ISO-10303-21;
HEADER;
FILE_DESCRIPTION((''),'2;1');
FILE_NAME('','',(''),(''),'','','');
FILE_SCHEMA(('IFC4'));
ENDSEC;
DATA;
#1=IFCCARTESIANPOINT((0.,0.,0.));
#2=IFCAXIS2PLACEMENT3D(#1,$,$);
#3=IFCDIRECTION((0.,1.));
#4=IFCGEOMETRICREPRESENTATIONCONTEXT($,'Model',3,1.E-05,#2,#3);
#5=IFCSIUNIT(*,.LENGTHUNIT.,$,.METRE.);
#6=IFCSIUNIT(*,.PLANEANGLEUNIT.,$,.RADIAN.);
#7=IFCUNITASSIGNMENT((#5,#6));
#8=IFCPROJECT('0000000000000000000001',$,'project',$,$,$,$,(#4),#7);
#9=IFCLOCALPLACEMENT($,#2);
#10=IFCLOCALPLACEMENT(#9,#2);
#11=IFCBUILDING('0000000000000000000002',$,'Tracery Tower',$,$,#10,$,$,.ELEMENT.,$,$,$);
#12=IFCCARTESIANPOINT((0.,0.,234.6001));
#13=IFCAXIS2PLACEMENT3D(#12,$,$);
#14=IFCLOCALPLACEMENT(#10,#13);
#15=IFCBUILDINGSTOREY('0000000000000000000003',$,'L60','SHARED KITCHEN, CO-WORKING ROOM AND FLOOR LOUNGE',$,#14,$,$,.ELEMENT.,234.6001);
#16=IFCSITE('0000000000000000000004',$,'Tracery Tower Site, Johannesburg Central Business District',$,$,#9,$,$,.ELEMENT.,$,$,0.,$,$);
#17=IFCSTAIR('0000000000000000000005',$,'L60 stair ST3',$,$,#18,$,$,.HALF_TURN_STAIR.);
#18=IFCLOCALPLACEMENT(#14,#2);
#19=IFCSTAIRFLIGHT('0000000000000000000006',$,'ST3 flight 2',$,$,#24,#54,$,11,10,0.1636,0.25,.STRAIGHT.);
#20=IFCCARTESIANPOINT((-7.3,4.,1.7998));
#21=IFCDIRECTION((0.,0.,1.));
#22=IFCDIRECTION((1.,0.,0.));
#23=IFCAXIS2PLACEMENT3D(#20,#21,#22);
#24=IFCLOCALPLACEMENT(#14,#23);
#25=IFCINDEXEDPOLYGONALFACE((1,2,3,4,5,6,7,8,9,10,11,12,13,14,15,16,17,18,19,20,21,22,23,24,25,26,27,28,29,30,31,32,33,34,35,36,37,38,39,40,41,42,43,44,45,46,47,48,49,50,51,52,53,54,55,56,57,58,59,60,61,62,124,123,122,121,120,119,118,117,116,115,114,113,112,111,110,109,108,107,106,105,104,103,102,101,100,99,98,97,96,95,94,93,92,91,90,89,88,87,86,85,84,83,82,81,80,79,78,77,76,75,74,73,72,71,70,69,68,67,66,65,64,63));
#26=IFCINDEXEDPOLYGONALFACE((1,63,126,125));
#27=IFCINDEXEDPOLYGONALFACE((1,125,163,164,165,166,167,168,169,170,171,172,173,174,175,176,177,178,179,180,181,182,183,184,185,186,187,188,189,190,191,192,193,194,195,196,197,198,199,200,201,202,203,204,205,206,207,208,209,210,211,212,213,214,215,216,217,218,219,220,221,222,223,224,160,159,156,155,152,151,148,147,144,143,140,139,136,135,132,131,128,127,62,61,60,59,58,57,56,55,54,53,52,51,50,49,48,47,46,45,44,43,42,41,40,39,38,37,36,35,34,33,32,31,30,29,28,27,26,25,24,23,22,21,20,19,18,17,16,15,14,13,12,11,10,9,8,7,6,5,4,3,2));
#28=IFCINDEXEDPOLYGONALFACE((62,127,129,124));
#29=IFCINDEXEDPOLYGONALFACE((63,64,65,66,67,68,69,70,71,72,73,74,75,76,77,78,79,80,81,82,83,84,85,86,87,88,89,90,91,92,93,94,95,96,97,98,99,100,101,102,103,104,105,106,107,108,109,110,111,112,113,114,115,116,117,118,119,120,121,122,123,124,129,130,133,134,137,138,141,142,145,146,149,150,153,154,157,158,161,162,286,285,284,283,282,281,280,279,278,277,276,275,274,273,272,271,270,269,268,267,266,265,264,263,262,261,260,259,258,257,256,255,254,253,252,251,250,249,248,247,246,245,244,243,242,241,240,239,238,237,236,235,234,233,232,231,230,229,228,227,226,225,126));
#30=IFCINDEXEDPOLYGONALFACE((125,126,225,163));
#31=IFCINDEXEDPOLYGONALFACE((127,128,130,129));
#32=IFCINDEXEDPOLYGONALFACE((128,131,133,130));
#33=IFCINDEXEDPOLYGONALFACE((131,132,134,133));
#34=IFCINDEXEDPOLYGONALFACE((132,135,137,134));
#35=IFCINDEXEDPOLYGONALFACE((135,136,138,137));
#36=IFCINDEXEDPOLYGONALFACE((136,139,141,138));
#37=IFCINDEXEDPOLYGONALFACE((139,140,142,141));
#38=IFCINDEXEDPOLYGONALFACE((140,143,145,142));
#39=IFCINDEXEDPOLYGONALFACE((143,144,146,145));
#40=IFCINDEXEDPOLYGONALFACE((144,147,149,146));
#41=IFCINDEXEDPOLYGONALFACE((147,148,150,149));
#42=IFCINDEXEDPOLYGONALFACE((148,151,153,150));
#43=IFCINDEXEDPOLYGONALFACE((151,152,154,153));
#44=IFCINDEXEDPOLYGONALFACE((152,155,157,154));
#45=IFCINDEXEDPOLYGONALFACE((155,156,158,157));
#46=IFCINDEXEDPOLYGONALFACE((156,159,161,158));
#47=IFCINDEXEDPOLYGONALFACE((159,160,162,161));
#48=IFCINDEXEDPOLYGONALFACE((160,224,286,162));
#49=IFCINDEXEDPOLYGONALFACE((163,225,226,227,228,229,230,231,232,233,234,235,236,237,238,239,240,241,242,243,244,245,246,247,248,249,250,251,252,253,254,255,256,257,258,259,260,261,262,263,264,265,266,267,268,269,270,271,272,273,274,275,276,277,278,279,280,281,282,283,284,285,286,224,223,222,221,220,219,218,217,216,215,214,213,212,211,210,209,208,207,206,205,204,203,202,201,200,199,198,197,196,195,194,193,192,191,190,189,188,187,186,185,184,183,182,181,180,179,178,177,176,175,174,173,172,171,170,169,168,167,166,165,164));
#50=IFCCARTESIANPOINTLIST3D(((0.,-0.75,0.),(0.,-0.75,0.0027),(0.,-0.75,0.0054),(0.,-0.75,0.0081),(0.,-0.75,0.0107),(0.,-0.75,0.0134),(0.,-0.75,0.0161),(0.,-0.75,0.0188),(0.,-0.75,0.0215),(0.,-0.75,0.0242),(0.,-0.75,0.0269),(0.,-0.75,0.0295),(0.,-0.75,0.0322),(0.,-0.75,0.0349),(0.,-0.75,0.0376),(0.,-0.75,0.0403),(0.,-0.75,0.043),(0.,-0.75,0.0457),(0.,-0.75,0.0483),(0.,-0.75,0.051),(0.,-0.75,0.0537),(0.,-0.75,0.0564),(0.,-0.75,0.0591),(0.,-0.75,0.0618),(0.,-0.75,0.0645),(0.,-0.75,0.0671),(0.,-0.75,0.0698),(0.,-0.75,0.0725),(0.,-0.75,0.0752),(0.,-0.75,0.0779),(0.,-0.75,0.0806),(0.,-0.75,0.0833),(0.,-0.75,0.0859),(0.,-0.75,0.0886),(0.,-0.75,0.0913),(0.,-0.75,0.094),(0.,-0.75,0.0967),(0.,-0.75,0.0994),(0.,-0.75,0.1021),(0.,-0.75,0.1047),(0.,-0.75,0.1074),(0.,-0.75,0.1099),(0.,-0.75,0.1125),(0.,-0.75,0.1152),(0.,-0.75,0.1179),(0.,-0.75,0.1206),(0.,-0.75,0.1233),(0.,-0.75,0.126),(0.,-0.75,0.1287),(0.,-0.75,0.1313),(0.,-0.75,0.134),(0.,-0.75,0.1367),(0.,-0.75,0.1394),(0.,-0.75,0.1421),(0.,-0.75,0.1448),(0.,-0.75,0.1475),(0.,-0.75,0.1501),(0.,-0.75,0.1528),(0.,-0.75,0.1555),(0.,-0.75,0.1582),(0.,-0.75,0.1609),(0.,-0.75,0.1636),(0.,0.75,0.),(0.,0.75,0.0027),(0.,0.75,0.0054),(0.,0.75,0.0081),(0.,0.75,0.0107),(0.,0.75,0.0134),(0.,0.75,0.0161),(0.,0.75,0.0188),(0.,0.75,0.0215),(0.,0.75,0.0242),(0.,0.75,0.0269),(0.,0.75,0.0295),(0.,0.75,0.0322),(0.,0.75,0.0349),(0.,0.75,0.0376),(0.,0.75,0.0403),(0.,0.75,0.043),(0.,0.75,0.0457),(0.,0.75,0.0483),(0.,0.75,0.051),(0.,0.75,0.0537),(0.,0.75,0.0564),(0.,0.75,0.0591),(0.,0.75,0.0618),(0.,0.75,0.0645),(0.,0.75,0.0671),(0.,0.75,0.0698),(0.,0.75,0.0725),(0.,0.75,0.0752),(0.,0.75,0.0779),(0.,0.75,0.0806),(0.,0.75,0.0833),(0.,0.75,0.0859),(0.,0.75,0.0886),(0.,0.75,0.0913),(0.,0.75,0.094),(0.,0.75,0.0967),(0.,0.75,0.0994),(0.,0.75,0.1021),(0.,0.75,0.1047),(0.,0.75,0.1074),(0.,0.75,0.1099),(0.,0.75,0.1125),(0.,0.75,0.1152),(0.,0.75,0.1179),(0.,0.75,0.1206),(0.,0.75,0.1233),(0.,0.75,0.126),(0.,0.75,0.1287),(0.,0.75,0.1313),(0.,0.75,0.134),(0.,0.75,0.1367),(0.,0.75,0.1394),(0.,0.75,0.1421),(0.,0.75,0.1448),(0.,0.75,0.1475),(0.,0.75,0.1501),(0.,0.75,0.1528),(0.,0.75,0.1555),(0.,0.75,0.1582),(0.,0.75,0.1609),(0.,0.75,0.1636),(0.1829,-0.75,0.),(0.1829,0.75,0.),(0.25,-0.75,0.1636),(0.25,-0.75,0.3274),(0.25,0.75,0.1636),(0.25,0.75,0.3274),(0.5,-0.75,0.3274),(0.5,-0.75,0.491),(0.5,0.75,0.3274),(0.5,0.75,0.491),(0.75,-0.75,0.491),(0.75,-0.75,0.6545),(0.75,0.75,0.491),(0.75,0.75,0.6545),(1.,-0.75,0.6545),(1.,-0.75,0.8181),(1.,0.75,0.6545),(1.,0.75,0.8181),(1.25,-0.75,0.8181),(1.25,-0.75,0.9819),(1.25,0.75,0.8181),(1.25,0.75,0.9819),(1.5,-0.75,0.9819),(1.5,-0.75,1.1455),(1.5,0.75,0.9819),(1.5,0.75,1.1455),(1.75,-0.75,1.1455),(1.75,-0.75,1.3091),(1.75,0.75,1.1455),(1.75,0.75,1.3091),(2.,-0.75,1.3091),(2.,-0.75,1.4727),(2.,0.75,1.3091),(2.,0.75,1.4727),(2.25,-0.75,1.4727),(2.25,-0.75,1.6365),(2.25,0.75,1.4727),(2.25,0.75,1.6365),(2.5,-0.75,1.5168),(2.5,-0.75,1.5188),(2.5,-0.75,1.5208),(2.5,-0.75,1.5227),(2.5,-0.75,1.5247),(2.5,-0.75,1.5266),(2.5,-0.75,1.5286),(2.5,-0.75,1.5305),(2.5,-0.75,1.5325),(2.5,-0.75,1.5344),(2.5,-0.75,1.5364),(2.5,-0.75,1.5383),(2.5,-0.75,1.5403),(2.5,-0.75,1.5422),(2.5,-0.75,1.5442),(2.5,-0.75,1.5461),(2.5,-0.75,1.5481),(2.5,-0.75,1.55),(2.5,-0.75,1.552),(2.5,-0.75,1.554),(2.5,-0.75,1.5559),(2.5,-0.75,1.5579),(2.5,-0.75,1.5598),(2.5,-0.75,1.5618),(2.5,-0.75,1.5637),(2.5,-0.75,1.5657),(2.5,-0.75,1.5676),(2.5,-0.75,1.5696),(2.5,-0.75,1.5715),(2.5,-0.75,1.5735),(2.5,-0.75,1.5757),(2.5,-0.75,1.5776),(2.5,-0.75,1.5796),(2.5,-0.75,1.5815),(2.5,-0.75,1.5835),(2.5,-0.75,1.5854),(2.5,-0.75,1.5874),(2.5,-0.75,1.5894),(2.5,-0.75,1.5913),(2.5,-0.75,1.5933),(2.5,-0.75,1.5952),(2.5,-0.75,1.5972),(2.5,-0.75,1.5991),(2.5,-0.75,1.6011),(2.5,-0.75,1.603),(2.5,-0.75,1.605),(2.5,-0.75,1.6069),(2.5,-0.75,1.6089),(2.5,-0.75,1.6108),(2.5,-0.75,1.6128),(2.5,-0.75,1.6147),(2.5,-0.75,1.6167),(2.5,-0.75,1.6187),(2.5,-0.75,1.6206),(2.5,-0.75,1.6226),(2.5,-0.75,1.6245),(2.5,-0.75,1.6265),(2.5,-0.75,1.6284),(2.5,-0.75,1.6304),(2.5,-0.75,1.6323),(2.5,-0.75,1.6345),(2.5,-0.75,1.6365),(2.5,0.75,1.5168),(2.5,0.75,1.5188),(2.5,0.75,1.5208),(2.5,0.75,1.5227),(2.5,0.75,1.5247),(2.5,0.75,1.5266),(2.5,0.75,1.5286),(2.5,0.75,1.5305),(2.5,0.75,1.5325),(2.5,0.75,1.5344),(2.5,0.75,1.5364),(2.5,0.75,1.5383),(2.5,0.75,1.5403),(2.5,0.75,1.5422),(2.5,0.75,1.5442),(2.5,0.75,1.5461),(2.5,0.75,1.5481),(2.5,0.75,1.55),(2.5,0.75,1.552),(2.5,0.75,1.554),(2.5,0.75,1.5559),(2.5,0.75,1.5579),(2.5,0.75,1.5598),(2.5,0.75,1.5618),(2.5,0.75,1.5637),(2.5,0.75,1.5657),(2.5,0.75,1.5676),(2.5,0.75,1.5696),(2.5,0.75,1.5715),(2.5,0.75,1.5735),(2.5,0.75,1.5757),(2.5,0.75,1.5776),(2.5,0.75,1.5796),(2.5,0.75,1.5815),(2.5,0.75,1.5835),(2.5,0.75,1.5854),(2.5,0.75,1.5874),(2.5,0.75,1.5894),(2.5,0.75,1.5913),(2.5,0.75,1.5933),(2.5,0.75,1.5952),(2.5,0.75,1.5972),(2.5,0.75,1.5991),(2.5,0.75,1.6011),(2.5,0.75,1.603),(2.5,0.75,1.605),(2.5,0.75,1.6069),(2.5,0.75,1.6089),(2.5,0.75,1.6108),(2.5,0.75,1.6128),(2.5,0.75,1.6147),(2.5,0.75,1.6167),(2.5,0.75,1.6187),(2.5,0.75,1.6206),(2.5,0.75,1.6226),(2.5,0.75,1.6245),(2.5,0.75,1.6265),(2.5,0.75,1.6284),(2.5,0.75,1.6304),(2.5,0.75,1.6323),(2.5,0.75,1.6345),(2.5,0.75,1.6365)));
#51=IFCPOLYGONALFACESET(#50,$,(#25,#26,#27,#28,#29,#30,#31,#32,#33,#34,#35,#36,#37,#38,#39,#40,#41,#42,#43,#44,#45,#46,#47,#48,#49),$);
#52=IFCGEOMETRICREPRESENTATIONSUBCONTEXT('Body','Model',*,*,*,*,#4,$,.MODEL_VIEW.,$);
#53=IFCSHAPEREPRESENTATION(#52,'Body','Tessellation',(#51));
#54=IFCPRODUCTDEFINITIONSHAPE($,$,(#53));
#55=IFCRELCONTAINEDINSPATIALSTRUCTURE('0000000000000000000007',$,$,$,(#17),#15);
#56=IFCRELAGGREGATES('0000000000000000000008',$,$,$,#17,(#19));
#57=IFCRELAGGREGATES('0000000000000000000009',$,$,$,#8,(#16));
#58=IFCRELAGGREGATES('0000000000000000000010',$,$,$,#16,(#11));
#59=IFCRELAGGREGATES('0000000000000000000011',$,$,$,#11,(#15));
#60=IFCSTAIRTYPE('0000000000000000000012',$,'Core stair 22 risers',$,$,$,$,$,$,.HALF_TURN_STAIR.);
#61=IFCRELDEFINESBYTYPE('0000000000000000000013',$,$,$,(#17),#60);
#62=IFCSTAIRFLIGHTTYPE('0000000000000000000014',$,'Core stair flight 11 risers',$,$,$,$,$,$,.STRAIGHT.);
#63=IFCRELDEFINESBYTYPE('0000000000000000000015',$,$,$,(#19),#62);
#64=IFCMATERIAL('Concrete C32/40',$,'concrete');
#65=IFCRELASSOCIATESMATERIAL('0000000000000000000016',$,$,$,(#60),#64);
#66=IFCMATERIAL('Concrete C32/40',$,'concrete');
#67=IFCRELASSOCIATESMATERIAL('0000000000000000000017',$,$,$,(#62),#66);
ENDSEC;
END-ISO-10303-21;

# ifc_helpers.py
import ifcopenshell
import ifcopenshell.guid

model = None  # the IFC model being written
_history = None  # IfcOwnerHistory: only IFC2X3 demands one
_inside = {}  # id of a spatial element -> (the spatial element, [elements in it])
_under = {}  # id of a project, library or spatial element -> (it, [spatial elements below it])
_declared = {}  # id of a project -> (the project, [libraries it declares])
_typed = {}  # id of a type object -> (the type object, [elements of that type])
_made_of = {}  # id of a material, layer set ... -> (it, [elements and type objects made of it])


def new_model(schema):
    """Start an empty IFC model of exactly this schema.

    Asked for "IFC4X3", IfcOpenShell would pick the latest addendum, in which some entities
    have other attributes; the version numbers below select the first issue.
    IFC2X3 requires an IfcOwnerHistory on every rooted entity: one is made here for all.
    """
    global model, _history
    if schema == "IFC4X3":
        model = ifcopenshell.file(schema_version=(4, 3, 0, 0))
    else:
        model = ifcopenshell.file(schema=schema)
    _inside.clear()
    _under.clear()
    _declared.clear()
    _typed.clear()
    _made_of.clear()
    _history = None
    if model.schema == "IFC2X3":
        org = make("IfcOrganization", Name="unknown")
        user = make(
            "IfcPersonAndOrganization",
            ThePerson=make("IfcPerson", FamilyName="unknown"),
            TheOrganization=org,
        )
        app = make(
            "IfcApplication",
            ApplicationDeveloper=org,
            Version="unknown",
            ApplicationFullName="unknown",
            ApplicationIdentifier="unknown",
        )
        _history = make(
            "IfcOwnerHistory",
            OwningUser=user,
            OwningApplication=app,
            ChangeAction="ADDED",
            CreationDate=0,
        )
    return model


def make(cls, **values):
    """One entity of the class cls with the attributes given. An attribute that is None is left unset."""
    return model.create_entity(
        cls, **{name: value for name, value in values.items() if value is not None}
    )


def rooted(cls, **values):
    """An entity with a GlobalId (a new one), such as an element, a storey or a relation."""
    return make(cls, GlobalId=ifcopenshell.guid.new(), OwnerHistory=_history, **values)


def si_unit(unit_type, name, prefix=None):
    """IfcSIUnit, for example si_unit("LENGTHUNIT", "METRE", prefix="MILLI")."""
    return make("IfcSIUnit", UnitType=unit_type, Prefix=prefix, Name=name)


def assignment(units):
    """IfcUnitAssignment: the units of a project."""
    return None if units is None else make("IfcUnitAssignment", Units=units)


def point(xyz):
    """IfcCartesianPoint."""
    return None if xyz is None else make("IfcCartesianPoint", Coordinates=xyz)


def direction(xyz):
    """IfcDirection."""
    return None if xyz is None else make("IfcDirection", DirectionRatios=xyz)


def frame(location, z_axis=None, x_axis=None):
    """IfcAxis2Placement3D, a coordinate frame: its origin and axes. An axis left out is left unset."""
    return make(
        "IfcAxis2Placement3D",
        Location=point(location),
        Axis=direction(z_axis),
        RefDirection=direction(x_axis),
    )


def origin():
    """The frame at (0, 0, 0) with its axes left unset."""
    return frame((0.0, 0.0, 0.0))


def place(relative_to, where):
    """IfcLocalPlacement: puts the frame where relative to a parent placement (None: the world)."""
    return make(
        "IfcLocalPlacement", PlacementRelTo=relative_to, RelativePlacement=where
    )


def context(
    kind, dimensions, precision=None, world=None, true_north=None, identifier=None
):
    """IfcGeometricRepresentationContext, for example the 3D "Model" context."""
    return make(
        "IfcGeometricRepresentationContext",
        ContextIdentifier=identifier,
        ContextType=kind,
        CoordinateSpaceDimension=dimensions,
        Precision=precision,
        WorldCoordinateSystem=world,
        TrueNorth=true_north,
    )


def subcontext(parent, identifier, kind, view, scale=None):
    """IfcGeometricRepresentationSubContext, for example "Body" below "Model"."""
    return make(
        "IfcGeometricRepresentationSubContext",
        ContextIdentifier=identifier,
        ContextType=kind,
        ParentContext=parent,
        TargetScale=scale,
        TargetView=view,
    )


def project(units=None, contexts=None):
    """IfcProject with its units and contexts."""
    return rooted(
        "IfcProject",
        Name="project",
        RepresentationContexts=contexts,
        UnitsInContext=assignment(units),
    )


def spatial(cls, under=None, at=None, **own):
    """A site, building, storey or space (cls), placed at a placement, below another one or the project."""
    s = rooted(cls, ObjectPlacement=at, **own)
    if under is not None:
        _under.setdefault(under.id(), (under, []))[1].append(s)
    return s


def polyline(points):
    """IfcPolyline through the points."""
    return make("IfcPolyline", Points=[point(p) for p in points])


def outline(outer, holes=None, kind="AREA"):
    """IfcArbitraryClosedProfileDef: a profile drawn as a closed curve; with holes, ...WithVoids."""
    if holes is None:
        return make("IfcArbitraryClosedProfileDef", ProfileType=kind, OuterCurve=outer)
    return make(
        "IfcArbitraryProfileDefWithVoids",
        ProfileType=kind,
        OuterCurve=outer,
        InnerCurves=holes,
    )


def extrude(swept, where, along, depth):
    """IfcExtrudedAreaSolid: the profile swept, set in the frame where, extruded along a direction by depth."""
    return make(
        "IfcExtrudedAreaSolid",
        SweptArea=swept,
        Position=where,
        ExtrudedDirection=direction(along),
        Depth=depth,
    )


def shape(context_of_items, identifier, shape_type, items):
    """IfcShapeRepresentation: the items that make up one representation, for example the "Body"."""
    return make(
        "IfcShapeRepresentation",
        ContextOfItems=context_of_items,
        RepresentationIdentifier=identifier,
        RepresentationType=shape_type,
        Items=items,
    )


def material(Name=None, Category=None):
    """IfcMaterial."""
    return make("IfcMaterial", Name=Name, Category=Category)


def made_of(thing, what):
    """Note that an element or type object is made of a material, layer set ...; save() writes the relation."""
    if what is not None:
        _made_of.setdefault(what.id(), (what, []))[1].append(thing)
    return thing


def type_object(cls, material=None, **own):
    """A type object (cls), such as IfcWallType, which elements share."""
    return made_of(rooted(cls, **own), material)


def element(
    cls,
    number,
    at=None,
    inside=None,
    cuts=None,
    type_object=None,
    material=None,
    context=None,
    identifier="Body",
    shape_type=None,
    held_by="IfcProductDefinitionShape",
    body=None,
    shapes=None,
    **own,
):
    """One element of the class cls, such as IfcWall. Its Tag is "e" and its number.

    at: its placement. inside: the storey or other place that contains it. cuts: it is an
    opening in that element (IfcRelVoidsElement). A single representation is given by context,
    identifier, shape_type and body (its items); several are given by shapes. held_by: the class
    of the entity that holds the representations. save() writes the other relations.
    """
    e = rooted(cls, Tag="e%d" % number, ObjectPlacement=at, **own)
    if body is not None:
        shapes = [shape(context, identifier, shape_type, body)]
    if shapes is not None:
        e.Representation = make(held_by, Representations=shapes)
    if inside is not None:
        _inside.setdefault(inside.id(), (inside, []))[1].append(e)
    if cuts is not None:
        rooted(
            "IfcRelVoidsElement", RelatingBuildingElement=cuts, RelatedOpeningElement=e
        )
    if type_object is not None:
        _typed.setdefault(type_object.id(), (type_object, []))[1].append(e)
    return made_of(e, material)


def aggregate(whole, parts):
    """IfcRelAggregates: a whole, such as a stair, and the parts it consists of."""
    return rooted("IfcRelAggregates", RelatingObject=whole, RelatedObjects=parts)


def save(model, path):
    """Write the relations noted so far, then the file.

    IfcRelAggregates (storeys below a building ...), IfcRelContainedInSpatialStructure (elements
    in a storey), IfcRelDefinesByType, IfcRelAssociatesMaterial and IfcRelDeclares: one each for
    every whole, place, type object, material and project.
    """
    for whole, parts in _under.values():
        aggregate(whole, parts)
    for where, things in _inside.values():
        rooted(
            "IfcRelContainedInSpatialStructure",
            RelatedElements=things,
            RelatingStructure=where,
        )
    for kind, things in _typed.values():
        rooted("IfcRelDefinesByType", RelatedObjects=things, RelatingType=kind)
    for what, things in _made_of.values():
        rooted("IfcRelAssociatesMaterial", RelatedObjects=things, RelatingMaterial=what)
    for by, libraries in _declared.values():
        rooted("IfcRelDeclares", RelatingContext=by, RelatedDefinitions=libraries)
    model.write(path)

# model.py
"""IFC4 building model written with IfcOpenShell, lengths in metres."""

from ifc_helpers import new_model, si_unit, direction, frame, origin, place, context, subcontext, project, spatial, polyline, outline, extrude, material, type_object, element, aggregate, save


model = new_model("IFC4")

# Units and contexts
model_context = context("Model", 3, precision=1e-05, world=origin(), true_north=direction((0.0, 1.0)))
body_context = subcontext(model_context, "Body", "Model", "MODEL_VIEW")
ifc_project = project(units=[si_unit("LENGTHUNIT", "METRE"), si_unit("PLANEANGLEUNIT", "RADIAN")], contexts=[model_context])

# Site, building, storey
site_placement = place(None, origin())
site = spatial("IfcSite", under=ifc_project, at=site_placement, Name="Tracery Tower Site, Johannesburg Central Business District", CompositionType="ELEMENT", RefElevation=0.0)
building_placement = place(site_placement, origin())
building = spatial("IfcBuilding", under=site, at=building_placement, Name="Tracery Tower", CompositionType="ELEMENT")
storey_placement = place(building_placement, frame((0.0, 0.0, 234.6001)))
storey = spatial("IfcBuildingStorey", under=building, at=storey_placement, Name="L60", Description="SHARED KITCHEN, CO-WORKING ROOM AND FLOOR LOUNGE", CompositionType="ELEMENT", Elevation=234.6001)

# Stair, stair flight
ifc_material_1 = material(Name="Concrete C32/40", Category="concrete")
stair_type = type_object("IfcStairType", Name="Core stair 22 risers", PredefinedType="HALF_TURN_STAIR", material=ifc_material_1)
stair_placement = place(storey_placement, origin())
stair = element("IfcStair", 1, at=stair_placement, inside=storey, type_object=stair_type, Name="L60 stair ST3", PredefinedType="HALF_TURN_STAIR")
ifc_material_2 = material(Name="Concrete C32/40", Category="concrete")
stair_flight_type = type_object("IfcStairFlightType", Name="Core stair flight 11 risers", PredefinedType="STRAIGHT", material=ifc_material_2)
stair_flight_1_placement = place(storey_placement, frame((-7.3, 4.0, 1.7998), z_axis=(0.0, 0.0, 1.0), x_axis=(1.0, 0.0, 0.0)))
stair_flight_1 = element("IfcStairFlight", 2, at=stair_flight_1_placement, type_object=stair_flight_type, Name="ST3 flight 2", NumberOfRisers=11, NumberOfTreads=10, PredefinedType="STRAIGHT", RiserHeight=0.1636, TreadLength=0.25, context=body_context, shape_type="SweptSolid", body=[
    extrude(outline(polyline([(0.0, 0.0), (0.0, 0.0027), (0.0, 0.0054), (0.0, 0.0081), (0.0, 0.0107), (0.0, 0.0134), (0.0, 0.0161), (0.0, 0.0188), (0.0, 0.0215), (0.0, 0.0242), (0.0, 0.0269), (0.0, 0.0295), (0.0, 0.0322), (0.0, 0.0349), (0.0, 0.0376), (0.0, 0.0403), (0.0, 0.043), (0.0, 0.0457), (0.0, 0.0483), (0.0, 0.051), (0.0, 0.0537), (0.0, 0.0564), (0.0, 0.0591), (0.0, 0.0618), (0.0, 0.0645), (0.0, 0.0671), (0.0, 0.0698), (0.0, 0.0725), (0.0, 0.0752), (0.0, 0.0779), (0.0, 0.0806), (0.0, 0.0833), (0.0, 0.0859), (0.0, 0.0886), (0.0, 0.0913), (0.0, 0.094), (0.0, 0.0967), (0.0, 0.0994), (0.0, 0.1021), (0.0, 0.1047), (0.0, 0.1074), (0.0, 0.1099), (0.0, 0.1125), (0.0, 0.1152), (0.0, 0.1179), (0.0, 0.1206), (0.0, 0.1233), (0.0, 0.126), (0.0, 0.1287), (0.0, 0.1313), (0.0, 0.134), (0.0, 0.1367), (0.0, 0.1394), (0.0, 0.1421), (0.0, 0.1448), (0.0, 0.1475), (0.0, 0.1501), (0.0, 0.1528), (0.0, 0.1555), (0.0, 0.1582), (0.0, 0.1609), (0.0, 0.1636), (0.25, 0.1636), (0.25, 0.3274), (0.5, 0.3274), (0.5, 0.491), (0.75, 0.491), (0.75, 0.6545), (1.0, 0.6545), (1.0, 0.8181), (1.25, 0.8181), (1.25, 0.9819), (1.5, 0.9819), (1.5, 1.1455), (1.75, 1.1455), (1.75, 1.3091), (2.0, 1.3091), (2.0, 1.4727), (2.25, 1.4727), (2.25, 1.6365), (2.5, 1.6365), (2.5, 1.6345), (2.5, 1.6323), (2.5, 1.6304), (2.5, 1.6284), (2.5, 1.6265), (2.5, 1.6245), (2.5, 1.6226), (2.5, 1.6206), (2.5, 1.6187), (2.5, 1.6167), (2.5, 1.6147), (2.5, 1.6128), (2.5, 1.6108), (2.5, 1.6089), (2.5, 1.6069), (2.5, 1.605), (2.5, 1.603), (2.5, 1.6011), (2.5, 1.5991), (2.5, 1.5972), (2.5, 1.5952), (2.5, 1.5933), (2.5, 1.5913), (2.5, 1.5894), (2.5, 1.5874), (2.5, 1.5854), (2.5, 1.5835), (2.5, 1.5815), (2.5, 1.5796), (2.5, 1.5776), (2.5, 1.5757), (2.5, 1.5735), (2.5, 1.5715), (2.5, 1.5696), (2.5, 1.5676), (2.5, 1.5657), (2.5, 1.5637), (2.5, 1.5618), (2.5, 1.5598), (2.5, 1.5579), (2.5, 1.5559), (2.5, 1.554), (2.5, 1.552), (2.5, 1.55), (2.5, 1.5481), (2.5, 1.5461), (2.5, 1.5442), (2.5, 1.5422), (2.5, 1.5403), (2.5, 1.5383), (2.5, 1.5364), (2.5, 1.5344), (2.5, 1.5325), (2.5, 1.5305), (2.5, 1.5286), (2.5, 1.5266), (2.5, 1.5247), (2.5, 1.5227), (2.5, 1.5208), (2.5, 1.5188), (2.5, 1.5168), (0.1829, 0.0), (0.0, 0.0)])), frame((0.0, 0.75, 0.0), z_axis=(0.0, -1.0, 0.0), x_axis=(1.0, 0.0, 0.0)), (0.0, 0.0, 1.0), 1.5),
])
aggregate(stair, [stair_flight_1])

save(model, "model.ifc")
